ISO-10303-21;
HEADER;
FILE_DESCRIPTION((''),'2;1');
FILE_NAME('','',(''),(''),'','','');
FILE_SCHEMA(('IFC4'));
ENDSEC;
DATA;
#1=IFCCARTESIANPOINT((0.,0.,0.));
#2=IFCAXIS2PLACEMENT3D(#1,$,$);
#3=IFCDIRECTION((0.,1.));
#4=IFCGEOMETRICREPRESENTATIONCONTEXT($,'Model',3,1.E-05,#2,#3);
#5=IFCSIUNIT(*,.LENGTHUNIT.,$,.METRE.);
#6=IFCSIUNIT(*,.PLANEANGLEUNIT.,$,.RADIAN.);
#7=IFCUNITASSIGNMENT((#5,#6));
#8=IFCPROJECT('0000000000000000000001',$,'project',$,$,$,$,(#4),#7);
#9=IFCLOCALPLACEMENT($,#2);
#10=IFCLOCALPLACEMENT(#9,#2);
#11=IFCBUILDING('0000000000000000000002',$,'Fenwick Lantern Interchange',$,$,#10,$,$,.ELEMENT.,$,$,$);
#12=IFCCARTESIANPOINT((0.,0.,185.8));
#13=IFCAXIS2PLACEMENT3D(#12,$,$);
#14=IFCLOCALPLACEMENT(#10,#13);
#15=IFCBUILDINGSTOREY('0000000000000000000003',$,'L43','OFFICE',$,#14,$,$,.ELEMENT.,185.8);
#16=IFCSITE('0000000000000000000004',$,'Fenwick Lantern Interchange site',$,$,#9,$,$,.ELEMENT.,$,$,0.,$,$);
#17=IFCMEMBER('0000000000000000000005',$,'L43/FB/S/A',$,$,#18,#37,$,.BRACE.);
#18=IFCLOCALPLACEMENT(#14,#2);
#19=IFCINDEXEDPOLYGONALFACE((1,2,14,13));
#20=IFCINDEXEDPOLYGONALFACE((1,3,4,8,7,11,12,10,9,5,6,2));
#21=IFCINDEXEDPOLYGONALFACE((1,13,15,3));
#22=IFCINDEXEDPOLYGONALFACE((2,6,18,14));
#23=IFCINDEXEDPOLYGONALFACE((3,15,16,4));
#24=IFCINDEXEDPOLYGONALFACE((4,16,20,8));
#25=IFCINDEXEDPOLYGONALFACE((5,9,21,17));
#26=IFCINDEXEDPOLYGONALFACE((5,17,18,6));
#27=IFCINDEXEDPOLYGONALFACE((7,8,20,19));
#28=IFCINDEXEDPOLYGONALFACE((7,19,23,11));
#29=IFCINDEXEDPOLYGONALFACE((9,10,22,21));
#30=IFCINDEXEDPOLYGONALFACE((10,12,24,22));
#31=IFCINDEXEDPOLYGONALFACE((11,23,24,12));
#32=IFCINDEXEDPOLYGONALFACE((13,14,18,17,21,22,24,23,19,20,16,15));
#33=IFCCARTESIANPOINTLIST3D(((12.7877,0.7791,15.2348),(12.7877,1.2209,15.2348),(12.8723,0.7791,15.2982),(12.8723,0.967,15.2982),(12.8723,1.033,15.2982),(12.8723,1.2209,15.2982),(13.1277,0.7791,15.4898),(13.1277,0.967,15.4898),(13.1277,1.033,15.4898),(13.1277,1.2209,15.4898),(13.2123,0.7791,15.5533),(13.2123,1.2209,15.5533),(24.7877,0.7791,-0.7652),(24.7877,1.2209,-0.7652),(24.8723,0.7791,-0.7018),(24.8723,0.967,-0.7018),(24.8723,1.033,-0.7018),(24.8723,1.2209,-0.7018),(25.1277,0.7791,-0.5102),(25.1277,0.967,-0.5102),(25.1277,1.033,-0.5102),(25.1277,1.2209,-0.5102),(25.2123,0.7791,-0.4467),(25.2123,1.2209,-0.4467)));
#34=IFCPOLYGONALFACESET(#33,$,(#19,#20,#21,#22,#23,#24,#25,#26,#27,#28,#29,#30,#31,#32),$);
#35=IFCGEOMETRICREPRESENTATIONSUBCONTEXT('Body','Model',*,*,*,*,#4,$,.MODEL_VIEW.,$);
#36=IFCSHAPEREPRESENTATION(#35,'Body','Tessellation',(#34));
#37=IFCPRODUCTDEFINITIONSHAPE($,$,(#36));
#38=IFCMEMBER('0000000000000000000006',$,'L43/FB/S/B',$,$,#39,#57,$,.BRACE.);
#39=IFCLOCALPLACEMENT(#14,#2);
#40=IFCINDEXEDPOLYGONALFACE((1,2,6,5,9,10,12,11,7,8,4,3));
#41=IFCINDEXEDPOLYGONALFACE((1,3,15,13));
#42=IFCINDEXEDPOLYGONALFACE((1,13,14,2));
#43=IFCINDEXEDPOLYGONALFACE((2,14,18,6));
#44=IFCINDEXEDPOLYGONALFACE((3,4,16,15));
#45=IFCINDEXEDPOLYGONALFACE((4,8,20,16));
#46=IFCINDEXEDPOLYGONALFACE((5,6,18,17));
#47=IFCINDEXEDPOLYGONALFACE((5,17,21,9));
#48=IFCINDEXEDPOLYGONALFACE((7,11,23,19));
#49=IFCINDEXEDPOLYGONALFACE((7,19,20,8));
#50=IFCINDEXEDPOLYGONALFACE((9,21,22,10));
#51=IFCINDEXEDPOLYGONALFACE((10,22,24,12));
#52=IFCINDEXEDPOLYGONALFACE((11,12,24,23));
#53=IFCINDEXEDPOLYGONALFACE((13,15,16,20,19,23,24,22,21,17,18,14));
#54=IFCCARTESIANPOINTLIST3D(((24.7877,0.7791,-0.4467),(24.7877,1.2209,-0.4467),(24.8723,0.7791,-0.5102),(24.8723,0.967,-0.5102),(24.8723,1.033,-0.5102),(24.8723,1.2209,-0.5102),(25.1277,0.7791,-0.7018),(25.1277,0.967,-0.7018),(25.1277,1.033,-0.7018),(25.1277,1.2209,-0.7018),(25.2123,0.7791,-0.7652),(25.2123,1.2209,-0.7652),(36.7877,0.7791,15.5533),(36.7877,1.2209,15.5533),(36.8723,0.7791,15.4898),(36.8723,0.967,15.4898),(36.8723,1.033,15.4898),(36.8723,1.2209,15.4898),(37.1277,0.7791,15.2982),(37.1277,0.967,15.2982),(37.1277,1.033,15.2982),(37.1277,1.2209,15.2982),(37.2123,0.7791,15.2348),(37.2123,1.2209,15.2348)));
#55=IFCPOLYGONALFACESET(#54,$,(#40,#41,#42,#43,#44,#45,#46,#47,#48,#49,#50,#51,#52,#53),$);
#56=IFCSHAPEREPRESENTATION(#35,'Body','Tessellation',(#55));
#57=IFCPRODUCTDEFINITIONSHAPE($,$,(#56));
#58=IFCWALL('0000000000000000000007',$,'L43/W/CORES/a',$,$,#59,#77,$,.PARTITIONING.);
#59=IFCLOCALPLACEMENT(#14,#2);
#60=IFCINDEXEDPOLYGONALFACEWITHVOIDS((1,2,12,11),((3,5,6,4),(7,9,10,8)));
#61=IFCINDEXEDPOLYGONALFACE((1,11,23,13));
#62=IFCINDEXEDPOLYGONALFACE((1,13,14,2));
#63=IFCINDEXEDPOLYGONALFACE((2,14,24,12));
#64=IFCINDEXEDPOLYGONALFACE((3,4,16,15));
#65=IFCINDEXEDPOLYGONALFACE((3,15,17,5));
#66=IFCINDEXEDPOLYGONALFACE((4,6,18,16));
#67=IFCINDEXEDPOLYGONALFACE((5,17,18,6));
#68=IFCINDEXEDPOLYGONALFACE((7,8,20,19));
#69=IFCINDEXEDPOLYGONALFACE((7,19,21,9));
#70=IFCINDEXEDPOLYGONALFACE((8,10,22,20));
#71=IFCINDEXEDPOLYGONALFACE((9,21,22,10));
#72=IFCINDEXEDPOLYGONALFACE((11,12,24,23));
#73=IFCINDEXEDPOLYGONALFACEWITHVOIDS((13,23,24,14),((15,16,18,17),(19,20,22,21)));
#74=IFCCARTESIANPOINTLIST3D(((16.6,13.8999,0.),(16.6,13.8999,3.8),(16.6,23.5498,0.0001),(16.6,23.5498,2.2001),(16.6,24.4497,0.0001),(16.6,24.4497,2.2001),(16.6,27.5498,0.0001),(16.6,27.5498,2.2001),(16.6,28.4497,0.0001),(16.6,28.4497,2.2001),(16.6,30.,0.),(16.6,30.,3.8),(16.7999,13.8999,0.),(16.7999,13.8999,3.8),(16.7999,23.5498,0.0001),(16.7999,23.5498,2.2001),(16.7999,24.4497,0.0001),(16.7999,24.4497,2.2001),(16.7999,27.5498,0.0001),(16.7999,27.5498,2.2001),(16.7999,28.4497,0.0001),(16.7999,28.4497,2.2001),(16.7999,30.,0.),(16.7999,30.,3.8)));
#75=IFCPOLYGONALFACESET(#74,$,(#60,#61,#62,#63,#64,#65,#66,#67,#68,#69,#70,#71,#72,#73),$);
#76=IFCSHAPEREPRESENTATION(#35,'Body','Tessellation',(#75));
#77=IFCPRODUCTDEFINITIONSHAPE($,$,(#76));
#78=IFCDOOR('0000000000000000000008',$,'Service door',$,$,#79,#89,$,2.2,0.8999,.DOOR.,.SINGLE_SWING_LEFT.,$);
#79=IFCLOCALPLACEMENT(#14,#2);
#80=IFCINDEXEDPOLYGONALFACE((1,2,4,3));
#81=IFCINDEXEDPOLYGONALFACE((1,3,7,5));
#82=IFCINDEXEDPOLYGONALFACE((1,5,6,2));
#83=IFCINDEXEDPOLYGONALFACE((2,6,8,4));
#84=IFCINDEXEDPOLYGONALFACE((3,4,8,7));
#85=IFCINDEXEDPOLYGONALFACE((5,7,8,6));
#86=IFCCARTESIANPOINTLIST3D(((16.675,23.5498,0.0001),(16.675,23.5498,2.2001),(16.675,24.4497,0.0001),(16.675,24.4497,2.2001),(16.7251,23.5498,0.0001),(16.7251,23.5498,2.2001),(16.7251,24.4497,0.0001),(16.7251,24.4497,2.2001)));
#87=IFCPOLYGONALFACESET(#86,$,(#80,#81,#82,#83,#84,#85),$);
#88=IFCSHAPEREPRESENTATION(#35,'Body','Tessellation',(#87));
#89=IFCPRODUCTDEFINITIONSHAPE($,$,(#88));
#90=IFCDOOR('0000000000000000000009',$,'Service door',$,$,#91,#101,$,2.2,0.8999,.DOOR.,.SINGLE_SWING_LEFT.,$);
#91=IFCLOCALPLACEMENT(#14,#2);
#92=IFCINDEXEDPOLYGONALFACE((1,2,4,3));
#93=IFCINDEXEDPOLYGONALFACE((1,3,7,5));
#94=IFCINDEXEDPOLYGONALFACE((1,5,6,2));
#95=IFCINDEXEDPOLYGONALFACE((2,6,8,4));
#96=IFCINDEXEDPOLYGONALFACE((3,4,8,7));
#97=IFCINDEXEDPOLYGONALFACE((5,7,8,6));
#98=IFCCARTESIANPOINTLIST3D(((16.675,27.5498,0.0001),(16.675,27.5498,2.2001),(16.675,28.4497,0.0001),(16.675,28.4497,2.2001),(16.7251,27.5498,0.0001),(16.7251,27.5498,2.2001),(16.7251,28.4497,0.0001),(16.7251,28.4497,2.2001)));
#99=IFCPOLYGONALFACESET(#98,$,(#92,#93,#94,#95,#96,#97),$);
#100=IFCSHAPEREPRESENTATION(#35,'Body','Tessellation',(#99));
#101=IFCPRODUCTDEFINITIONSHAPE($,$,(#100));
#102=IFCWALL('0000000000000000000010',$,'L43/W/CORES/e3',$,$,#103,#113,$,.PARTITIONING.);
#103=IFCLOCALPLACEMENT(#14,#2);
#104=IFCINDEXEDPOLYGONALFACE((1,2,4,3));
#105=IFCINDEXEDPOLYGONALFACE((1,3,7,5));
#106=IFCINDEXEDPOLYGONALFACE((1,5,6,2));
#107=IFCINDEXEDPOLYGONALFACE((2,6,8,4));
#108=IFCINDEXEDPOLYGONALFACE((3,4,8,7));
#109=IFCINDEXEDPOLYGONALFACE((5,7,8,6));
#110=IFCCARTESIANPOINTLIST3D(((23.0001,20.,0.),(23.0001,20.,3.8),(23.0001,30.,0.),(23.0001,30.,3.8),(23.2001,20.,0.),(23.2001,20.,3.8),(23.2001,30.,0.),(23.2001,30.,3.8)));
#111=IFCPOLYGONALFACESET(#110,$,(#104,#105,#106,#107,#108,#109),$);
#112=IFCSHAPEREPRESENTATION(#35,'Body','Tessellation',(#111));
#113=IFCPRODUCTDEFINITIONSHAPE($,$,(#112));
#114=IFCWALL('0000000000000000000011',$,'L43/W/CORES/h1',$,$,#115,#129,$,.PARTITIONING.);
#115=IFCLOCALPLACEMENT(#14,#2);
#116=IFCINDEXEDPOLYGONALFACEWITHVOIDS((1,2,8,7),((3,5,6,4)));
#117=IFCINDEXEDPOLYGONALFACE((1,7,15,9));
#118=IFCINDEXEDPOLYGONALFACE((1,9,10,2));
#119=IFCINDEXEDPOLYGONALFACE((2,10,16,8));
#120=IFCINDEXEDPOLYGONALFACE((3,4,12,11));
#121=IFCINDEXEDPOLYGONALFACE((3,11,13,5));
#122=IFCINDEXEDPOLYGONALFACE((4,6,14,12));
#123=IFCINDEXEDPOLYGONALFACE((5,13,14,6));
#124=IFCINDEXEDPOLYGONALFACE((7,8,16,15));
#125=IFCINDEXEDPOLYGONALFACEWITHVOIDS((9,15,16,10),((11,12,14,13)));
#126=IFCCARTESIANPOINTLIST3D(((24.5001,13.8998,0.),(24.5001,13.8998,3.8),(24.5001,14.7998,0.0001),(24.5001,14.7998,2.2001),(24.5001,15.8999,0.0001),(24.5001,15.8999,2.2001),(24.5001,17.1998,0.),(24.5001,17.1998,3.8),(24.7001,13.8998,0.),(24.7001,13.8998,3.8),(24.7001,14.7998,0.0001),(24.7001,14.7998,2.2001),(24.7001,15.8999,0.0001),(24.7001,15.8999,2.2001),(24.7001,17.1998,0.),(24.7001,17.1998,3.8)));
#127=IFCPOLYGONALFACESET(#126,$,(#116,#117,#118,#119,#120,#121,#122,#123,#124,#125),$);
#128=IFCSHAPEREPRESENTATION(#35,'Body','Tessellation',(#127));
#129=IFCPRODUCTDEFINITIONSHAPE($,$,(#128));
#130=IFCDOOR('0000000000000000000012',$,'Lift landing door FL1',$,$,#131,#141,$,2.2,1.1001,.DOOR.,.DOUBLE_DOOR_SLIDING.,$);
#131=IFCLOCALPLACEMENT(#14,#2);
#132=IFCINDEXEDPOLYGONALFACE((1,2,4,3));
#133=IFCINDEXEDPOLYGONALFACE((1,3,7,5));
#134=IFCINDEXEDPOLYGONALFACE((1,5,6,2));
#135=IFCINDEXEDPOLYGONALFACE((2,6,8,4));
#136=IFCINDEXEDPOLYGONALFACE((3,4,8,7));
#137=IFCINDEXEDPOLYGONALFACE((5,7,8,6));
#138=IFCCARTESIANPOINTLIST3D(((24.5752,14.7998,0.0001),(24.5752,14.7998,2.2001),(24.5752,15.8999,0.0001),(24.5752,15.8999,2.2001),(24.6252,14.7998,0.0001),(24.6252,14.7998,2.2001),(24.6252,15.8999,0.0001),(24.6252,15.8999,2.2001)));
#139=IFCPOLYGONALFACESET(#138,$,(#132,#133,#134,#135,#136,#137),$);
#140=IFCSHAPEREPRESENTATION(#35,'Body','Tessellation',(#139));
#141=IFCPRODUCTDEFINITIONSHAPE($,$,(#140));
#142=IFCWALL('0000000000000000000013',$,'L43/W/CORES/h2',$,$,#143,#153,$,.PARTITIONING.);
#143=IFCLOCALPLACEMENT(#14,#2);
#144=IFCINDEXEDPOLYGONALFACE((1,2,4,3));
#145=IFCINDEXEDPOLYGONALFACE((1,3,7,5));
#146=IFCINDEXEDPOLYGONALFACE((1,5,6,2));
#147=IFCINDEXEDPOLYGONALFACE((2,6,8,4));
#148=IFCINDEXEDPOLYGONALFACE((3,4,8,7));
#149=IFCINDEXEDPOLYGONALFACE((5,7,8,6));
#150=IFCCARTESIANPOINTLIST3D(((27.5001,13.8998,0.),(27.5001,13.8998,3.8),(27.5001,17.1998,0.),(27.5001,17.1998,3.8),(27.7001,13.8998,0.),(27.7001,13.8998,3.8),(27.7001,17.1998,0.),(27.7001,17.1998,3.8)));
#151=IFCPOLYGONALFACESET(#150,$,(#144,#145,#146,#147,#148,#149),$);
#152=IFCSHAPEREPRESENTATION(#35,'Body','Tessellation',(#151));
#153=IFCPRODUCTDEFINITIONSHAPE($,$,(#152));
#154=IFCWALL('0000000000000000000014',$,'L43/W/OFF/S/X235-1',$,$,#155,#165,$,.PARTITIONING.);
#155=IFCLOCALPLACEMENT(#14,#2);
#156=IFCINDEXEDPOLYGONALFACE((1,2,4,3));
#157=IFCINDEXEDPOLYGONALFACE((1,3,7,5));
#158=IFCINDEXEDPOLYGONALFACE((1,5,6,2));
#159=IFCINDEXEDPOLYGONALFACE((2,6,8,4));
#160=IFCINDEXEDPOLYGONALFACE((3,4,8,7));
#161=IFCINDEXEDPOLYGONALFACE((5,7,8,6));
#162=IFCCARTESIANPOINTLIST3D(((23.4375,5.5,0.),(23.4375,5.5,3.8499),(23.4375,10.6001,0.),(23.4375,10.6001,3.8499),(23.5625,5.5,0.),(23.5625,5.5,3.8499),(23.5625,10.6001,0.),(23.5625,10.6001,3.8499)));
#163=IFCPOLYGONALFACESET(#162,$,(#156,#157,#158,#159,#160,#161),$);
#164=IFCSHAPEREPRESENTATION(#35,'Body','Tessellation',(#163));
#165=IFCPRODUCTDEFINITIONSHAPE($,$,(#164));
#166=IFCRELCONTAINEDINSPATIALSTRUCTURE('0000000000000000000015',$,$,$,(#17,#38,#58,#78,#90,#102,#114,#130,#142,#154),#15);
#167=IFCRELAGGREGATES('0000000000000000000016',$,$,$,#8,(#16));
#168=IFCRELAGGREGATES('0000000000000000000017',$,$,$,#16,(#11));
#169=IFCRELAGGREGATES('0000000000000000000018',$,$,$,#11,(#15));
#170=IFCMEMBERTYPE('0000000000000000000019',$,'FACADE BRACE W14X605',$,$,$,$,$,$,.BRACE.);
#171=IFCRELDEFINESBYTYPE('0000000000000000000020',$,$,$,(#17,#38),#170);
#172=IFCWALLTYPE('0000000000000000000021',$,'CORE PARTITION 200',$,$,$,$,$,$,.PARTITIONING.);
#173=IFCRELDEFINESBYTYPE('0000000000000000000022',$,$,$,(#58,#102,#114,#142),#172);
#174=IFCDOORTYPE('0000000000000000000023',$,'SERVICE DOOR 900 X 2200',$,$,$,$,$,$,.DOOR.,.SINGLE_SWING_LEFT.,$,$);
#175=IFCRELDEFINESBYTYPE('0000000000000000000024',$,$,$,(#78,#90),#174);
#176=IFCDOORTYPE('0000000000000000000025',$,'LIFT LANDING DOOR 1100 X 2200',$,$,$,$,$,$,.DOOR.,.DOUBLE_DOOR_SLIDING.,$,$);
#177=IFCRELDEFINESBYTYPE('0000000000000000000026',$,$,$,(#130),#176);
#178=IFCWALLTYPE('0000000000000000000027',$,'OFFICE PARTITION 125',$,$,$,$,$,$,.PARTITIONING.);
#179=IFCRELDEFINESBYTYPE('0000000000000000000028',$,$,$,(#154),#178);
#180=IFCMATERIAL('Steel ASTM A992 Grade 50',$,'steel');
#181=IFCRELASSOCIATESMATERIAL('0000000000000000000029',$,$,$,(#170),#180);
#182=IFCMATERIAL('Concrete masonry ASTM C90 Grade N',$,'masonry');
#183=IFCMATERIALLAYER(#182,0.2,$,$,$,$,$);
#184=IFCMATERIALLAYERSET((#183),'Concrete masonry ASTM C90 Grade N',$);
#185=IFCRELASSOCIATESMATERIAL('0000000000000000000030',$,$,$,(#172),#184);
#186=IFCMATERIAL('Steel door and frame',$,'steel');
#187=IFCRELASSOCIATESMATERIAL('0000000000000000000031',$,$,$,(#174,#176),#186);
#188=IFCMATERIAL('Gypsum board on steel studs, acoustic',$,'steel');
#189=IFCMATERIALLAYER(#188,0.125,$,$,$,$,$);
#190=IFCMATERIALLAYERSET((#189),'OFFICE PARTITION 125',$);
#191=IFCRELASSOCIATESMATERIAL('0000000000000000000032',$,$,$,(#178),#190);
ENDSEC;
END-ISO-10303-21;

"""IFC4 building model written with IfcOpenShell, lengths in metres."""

from ifc_helpers import new_model, si_unit, direction, frame, frame_2d, origin, origin_2d, place, context, subcontext, project, spatial, rectangle, i_section, extrude, material, layer, layer_set, material_profile, profile_set, type_object, element, fill, save


model = new_model("IFC4")

# Units and contexts
model_context = context("Model", 3, precision=1e-05, world=origin(), true_north=direction((0.0, 1.0)))
body_context = subcontext(model_context, "Body", "Model", "MODEL_VIEW")
ifc_project = project(units=[si_unit("LENGTHUNIT", "METRE"), si_unit("PLANEANGLEUNIT", "RADIAN")], contexts=[model_context])

# Site, building, storey
site_placement = place(None, origin())
site = spatial("IfcSite", under=ifc_project, at=site_placement, Name="Fenwick Lantern Interchange site", CompositionType="ELEMENT", RefElevation=0.0)
building_placement = place(site_placement, origin())
building = spatial("IfcBuilding", under=site, at=building_placement, Name="Fenwick Lantern Interchange", CompositionType="ELEMENT")
storey_placement = place(building_placement, frame((0.0, 0.0, 185.8)))
storey = spatial("IfcBuildingStorey", under=building, at=storey_placement, Name="L43", Description="OFFICE", CompositionType="ELEMENT", Elevation=185.8)

# Members
ifc_material_1 = material(Name="Steel ASTM A992 Grade 50", Category="steel")
ifc_material_profile = material_profile(ifc_material_1, i_section(OverallWidth=0.4419, OverallDepth=0.5308, WebThickness=0.0659, FlangeThickness=0.1057, at=origin_2d()), Name="W14X605")
ifc_profile_set = profile_set([ifc_material_profile], Name="Steel ASTM A992 Grade 50")
member_type = type_object("IfcMemberType", Name="FACADE BRACE W14X605", PredefinedType="BRACE", material=ifc_profile_set)
for number, where, z_axis, x_axis, name in (
    (1, (25.0, 1.0, -0.606), (-0.6, 0.0, 0.8), (0.0, -1.0, 0.0), "L43/FB/S/A"),
    (2, (25.0, 1.0, -0.606), (0.6, 0.0, 0.8), (0.0, 1.0, 0.0), "L43/FB/S/B"),
):
    element("IfcMember", number, at=place(storey_placement, frame(where, z_axis=z_axis, x_axis=x_axis)), inside=storey, type_object=member_type, Name=name, PredefinedType="BRACE", context=body_context, shape_type="SweptSolid", body=[
        extrude(i_section(OverallWidth=0.4419, OverallDepth=0.5308, WebThickness=0.0659, FlangeThickness=0.1057, at=origin_2d()), origin(), (0.0, 0.0, 1.0), 20.0),
    ])

# Wall, openings, doors
ifc_material_2 = material(Name="Concrete masonry ASTM C90 Grade N", Category="masonry")
ifc_layer_1 = layer(ifc_material_2, 0.2)
ifc_layer_set_1 = layer_set([ifc_layer_1], Name="Concrete masonry ASTM C90 Grade N")
wall_type_1 = type_object("IfcWallType", Name="CORE PARTITION 200", PredefinedType="PARTITIONING", material=ifc_layer_set_1)
wall_1_placement = place(storey_placement, frame((16.7, 13.8999, 0.0), z_axis=(0.0, 0.0, 1.0), x_axis=(0.0, 1.0, 0.0)))
wall_1 = element("IfcWall", 3, at=wall_1_placement, inside=storey, type_object=wall_type_1, Name="L43/W/CORES/a", PredefinedType="PARTITIONING", context=body_context, shape_type="SweptSolid", body=[
    extrude(rectangle(XDim=16.1001, YDim=0.2, at=frame_2d((8.05, 0.0))), origin(), (0.0, 0.0, 1.0), 3.8),
])
opening_1_placement = place(wall_1_placement, frame((9.6499, 0.0, 0.0)))
opening_1 = element("IfcOpeningElement", 4, at=opening_1_placement, cuts=wall_1, PredefinedType="OPENING", context=body_context, shape_type="SweptSolid", body=[
    extrude(rectangle(XDim=0.8999, YDim=2.2, at=frame_2d((0.45, 1.1001))), frame((0.0, 0.1099, 0.0), z_axis=(0.0, -1.0, 0.0), x_axis=(1.0, 0.0, 0.0)), (0.0, 0.0, 1.0), 0.22),
])
opening_2_placement = place(wall_1_placement, frame((13.6499, 0.0, 0.0)))
opening_2 = element("IfcOpeningElement", 5, at=opening_2_placement, cuts=wall_1, PredefinedType="OPENING", context=body_context, shape_type="SweptSolid", body=[
    extrude(rectangle(XDim=0.8999, YDim=2.2, at=frame_2d((0.45, 1.1001))), frame((0.0, 0.1099, 0.0), z_axis=(0.0, -1.0, 0.0), x_axis=(1.0, 0.0, 0.0)), (0.0, 0.0, 1.0), 0.22),
])
ifc_material_3 = material(Name="Steel door and frame", Category="steel")
door_type_1 = type_object("IfcDoorType", Name="SERVICE DOOR 900 X 2200", OperationType="SINGLE_SWING_LEFT", PredefinedType="DOOR", material=ifc_material_3)
door_1_placement = place(opening_1_placement, origin())
door_1 = element("IfcDoor", 6, at=door_1_placement, inside=storey, type_object=door_type_1, Name="Service door", OperationType="SINGLE_SWING_LEFT", OverallHeight=2.2, OverallWidth=0.8999, PredefinedType="DOOR", context=body_context, shape_type="SweptSolid", body=[
    extrude(rectangle(XDim=0.8999, YDim=2.2, at=frame_2d((0.45, 1.1001))), frame((0.0, 0.0249, 0.0), z_axis=(0.0, -1.0, 0.0), x_axis=(1.0, 0.0, 0.0)), (0.0, 0.0, 1.0), 0.05),
])
fill(opening_1, door_1)
door_2_placement = place(opening_2_placement, origin())
door_2 = element("IfcDoor", 7, at=door_2_placement, inside=storey, type_object=door_type_1, Name="Service door", OperationType="SINGLE_SWING_LEFT", OverallHeight=2.2, OverallWidth=0.8999, PredefinedType="DOOR", context=body_context, shape_type="SweptSolid", body=[
    extrude(rectangle(XDim=0.8999, YDim=2.2, at=frame_2d((0.45, 1.1001))), frame((0.0, 0.0249, 0.0), z_axis=(0.0, -1.0, 0.0), x_axis=(1.0, 0.0, 0.0)), (0.0, 0.0, 1.0), 0.05),
])
fill(opening_2, door_2)

# Wall
wall_2_placement = place(storey_placement, frame((23.1001, 20.0, 0.0), z_axis=(0.0, 0.0, 1.0), x_axis=(0.0, 1.0, 0.0)))
element("IfcWall", 8, at=wall_2_placement, inside=storey, type_object=wall_type_1, Name="L43/W/CORES/e3", PredefinedType="PARTITIONING", context=body_context, shape_type="SweptSolid", body=[
    extrude(rectangle(XDim=10.0, YDim=0.2, at=frame_2d((5.0, 0.0))), origin(), (0.0, 0.0, 1.0), 3.8),
])

# Wall, opening, door
wall_3_placement = place(storey_placement, frame((24.6001, 13.8999, 0.0), z_axis=(0.0, 0.0, 1.0), x_axis=(0.0, 1.0, 0.0)))
wall_3 = element("IfcWall", 9, at=wall_3_placement, inside=storey, type_object=wall_type_1, Name="L43/W/CORES/h1", PredefinedType="PARTITIONING", context=body_context, shape_type="SweptSolid", body=[
    extrude(rectangle(XDim=3.3, YDim=0.2, at=frame_2d((1.6499, 0.0))), origin(), (0.0, 0.0, 1.0), 3.8),
])
opening_3_placement = place(wall_3_placement, frame((0.8999, 0.0, 0.0)))
opening_3 = element("IfcOpeningElement", 10, at=opening_3_placement, cuts=wall_3, PredefinedType="OPENING", context=body_context, shape_type="SweptSolid", body=[
    extrude(rectangle(XDim=1.1001, YDim=2.2, at=frame_2d((0.55, 1.1001))), frame((0.0, 0.1099, 0.0), z_axis=(0.0, -1.0, 0.0), x_axis=(1.0, 0.0, 0.0)), (0.0, 0.0, 1.0), 0.22),
])
door_type_2 = type_object("IfcDoorType", Name="LIFT LANDING DOOR 1100 X 2200", OperationType="DOUBLE_DOOR_SLIDING", PredefinedType="DOOR", material=ifc_material_3)
door_3_placement = place(opening_3_placement, origin())
door_3 = element("IfcDoor", 11, at=door_3_placement, inside=storey, type_object=door_type_2, Name="Lift landing door FL1", OperationType="DOUBLE_DOOR_SLIDING", OverallHeight=2.2, OverallWidth=1.1001, PredefinedType="DOOR", context=body_context, shape_type="SweptSolid", body=[
    extrude(rectangle(XDim=1.1001, YDim=2.2, at=frame_2d((0.55, 1.1001))), frame((0.0, 0.0249, 0.0), z_axis=(0.0, -1.0, 0.0), x_axis=(1.0, 0.0, 0.0)), (0.0, 0.0, 1.0), 0.05),
])
fill(opening_3, door_3)

# Walls
wall_4_placement = place(storey_placement, frame((27.6001, 13.8999, 0.0), z_axis=(0.0, 0.0, 1.0), x_axis=(0.0, 1.0, 0.0)))
element("IfcWall", 12, at=wall_4_placement, inside=storey, type_object=wall_type_1, Name="L43/W/CORES/h2", PredefinedType="PARTITIONING", context=body_context, shape_type="SweptSolid", body=[
    extrude(rectangle(XDim=3.3, YDim=0.2, at=frame_2d((1.6499, 0.0))), origin(), (0.0, 0.0, 1.0), 3.8),
])
ifc_material_4 = material(Name="Gypsum board on steel studs, acoustic", Category="steel")
ifc_layer_2 = layer(ifc_material_4, 0.125)
ifc_layer_set_2 = layer_set([ifc_layer_2], Name="OFFICE PARTITION 125")
wall_type_2 = type_object("IfcWallType", Name="OFFICE PARTITION 125", PredefinedType="PARTITIONING", material=ifc_layer_set_2)
wall_5_placement = place(storey_placement, frame((23.5, 5.5, 0.0), z_axis=(0.0, 0.0, 1.0), x_axis=(0.0, 1.0, 0.0)))
element("IfcWall", 13, at=wall_5_placement, inside=storey, type_object=wall_type_2, Name="L43/W/OFF/S/X235-1", PredefinedType="PARTITIONING", context=body_context, shape_type="SweptSolid", body=[
    extrude(rectangle(XDim=5.1001, YDim=0.125, at=frame_2d((2.55, 0.0))), origin(), (0.0, 0.0, 1.0), 3.8499),
])

save(model, "model.ifc")
